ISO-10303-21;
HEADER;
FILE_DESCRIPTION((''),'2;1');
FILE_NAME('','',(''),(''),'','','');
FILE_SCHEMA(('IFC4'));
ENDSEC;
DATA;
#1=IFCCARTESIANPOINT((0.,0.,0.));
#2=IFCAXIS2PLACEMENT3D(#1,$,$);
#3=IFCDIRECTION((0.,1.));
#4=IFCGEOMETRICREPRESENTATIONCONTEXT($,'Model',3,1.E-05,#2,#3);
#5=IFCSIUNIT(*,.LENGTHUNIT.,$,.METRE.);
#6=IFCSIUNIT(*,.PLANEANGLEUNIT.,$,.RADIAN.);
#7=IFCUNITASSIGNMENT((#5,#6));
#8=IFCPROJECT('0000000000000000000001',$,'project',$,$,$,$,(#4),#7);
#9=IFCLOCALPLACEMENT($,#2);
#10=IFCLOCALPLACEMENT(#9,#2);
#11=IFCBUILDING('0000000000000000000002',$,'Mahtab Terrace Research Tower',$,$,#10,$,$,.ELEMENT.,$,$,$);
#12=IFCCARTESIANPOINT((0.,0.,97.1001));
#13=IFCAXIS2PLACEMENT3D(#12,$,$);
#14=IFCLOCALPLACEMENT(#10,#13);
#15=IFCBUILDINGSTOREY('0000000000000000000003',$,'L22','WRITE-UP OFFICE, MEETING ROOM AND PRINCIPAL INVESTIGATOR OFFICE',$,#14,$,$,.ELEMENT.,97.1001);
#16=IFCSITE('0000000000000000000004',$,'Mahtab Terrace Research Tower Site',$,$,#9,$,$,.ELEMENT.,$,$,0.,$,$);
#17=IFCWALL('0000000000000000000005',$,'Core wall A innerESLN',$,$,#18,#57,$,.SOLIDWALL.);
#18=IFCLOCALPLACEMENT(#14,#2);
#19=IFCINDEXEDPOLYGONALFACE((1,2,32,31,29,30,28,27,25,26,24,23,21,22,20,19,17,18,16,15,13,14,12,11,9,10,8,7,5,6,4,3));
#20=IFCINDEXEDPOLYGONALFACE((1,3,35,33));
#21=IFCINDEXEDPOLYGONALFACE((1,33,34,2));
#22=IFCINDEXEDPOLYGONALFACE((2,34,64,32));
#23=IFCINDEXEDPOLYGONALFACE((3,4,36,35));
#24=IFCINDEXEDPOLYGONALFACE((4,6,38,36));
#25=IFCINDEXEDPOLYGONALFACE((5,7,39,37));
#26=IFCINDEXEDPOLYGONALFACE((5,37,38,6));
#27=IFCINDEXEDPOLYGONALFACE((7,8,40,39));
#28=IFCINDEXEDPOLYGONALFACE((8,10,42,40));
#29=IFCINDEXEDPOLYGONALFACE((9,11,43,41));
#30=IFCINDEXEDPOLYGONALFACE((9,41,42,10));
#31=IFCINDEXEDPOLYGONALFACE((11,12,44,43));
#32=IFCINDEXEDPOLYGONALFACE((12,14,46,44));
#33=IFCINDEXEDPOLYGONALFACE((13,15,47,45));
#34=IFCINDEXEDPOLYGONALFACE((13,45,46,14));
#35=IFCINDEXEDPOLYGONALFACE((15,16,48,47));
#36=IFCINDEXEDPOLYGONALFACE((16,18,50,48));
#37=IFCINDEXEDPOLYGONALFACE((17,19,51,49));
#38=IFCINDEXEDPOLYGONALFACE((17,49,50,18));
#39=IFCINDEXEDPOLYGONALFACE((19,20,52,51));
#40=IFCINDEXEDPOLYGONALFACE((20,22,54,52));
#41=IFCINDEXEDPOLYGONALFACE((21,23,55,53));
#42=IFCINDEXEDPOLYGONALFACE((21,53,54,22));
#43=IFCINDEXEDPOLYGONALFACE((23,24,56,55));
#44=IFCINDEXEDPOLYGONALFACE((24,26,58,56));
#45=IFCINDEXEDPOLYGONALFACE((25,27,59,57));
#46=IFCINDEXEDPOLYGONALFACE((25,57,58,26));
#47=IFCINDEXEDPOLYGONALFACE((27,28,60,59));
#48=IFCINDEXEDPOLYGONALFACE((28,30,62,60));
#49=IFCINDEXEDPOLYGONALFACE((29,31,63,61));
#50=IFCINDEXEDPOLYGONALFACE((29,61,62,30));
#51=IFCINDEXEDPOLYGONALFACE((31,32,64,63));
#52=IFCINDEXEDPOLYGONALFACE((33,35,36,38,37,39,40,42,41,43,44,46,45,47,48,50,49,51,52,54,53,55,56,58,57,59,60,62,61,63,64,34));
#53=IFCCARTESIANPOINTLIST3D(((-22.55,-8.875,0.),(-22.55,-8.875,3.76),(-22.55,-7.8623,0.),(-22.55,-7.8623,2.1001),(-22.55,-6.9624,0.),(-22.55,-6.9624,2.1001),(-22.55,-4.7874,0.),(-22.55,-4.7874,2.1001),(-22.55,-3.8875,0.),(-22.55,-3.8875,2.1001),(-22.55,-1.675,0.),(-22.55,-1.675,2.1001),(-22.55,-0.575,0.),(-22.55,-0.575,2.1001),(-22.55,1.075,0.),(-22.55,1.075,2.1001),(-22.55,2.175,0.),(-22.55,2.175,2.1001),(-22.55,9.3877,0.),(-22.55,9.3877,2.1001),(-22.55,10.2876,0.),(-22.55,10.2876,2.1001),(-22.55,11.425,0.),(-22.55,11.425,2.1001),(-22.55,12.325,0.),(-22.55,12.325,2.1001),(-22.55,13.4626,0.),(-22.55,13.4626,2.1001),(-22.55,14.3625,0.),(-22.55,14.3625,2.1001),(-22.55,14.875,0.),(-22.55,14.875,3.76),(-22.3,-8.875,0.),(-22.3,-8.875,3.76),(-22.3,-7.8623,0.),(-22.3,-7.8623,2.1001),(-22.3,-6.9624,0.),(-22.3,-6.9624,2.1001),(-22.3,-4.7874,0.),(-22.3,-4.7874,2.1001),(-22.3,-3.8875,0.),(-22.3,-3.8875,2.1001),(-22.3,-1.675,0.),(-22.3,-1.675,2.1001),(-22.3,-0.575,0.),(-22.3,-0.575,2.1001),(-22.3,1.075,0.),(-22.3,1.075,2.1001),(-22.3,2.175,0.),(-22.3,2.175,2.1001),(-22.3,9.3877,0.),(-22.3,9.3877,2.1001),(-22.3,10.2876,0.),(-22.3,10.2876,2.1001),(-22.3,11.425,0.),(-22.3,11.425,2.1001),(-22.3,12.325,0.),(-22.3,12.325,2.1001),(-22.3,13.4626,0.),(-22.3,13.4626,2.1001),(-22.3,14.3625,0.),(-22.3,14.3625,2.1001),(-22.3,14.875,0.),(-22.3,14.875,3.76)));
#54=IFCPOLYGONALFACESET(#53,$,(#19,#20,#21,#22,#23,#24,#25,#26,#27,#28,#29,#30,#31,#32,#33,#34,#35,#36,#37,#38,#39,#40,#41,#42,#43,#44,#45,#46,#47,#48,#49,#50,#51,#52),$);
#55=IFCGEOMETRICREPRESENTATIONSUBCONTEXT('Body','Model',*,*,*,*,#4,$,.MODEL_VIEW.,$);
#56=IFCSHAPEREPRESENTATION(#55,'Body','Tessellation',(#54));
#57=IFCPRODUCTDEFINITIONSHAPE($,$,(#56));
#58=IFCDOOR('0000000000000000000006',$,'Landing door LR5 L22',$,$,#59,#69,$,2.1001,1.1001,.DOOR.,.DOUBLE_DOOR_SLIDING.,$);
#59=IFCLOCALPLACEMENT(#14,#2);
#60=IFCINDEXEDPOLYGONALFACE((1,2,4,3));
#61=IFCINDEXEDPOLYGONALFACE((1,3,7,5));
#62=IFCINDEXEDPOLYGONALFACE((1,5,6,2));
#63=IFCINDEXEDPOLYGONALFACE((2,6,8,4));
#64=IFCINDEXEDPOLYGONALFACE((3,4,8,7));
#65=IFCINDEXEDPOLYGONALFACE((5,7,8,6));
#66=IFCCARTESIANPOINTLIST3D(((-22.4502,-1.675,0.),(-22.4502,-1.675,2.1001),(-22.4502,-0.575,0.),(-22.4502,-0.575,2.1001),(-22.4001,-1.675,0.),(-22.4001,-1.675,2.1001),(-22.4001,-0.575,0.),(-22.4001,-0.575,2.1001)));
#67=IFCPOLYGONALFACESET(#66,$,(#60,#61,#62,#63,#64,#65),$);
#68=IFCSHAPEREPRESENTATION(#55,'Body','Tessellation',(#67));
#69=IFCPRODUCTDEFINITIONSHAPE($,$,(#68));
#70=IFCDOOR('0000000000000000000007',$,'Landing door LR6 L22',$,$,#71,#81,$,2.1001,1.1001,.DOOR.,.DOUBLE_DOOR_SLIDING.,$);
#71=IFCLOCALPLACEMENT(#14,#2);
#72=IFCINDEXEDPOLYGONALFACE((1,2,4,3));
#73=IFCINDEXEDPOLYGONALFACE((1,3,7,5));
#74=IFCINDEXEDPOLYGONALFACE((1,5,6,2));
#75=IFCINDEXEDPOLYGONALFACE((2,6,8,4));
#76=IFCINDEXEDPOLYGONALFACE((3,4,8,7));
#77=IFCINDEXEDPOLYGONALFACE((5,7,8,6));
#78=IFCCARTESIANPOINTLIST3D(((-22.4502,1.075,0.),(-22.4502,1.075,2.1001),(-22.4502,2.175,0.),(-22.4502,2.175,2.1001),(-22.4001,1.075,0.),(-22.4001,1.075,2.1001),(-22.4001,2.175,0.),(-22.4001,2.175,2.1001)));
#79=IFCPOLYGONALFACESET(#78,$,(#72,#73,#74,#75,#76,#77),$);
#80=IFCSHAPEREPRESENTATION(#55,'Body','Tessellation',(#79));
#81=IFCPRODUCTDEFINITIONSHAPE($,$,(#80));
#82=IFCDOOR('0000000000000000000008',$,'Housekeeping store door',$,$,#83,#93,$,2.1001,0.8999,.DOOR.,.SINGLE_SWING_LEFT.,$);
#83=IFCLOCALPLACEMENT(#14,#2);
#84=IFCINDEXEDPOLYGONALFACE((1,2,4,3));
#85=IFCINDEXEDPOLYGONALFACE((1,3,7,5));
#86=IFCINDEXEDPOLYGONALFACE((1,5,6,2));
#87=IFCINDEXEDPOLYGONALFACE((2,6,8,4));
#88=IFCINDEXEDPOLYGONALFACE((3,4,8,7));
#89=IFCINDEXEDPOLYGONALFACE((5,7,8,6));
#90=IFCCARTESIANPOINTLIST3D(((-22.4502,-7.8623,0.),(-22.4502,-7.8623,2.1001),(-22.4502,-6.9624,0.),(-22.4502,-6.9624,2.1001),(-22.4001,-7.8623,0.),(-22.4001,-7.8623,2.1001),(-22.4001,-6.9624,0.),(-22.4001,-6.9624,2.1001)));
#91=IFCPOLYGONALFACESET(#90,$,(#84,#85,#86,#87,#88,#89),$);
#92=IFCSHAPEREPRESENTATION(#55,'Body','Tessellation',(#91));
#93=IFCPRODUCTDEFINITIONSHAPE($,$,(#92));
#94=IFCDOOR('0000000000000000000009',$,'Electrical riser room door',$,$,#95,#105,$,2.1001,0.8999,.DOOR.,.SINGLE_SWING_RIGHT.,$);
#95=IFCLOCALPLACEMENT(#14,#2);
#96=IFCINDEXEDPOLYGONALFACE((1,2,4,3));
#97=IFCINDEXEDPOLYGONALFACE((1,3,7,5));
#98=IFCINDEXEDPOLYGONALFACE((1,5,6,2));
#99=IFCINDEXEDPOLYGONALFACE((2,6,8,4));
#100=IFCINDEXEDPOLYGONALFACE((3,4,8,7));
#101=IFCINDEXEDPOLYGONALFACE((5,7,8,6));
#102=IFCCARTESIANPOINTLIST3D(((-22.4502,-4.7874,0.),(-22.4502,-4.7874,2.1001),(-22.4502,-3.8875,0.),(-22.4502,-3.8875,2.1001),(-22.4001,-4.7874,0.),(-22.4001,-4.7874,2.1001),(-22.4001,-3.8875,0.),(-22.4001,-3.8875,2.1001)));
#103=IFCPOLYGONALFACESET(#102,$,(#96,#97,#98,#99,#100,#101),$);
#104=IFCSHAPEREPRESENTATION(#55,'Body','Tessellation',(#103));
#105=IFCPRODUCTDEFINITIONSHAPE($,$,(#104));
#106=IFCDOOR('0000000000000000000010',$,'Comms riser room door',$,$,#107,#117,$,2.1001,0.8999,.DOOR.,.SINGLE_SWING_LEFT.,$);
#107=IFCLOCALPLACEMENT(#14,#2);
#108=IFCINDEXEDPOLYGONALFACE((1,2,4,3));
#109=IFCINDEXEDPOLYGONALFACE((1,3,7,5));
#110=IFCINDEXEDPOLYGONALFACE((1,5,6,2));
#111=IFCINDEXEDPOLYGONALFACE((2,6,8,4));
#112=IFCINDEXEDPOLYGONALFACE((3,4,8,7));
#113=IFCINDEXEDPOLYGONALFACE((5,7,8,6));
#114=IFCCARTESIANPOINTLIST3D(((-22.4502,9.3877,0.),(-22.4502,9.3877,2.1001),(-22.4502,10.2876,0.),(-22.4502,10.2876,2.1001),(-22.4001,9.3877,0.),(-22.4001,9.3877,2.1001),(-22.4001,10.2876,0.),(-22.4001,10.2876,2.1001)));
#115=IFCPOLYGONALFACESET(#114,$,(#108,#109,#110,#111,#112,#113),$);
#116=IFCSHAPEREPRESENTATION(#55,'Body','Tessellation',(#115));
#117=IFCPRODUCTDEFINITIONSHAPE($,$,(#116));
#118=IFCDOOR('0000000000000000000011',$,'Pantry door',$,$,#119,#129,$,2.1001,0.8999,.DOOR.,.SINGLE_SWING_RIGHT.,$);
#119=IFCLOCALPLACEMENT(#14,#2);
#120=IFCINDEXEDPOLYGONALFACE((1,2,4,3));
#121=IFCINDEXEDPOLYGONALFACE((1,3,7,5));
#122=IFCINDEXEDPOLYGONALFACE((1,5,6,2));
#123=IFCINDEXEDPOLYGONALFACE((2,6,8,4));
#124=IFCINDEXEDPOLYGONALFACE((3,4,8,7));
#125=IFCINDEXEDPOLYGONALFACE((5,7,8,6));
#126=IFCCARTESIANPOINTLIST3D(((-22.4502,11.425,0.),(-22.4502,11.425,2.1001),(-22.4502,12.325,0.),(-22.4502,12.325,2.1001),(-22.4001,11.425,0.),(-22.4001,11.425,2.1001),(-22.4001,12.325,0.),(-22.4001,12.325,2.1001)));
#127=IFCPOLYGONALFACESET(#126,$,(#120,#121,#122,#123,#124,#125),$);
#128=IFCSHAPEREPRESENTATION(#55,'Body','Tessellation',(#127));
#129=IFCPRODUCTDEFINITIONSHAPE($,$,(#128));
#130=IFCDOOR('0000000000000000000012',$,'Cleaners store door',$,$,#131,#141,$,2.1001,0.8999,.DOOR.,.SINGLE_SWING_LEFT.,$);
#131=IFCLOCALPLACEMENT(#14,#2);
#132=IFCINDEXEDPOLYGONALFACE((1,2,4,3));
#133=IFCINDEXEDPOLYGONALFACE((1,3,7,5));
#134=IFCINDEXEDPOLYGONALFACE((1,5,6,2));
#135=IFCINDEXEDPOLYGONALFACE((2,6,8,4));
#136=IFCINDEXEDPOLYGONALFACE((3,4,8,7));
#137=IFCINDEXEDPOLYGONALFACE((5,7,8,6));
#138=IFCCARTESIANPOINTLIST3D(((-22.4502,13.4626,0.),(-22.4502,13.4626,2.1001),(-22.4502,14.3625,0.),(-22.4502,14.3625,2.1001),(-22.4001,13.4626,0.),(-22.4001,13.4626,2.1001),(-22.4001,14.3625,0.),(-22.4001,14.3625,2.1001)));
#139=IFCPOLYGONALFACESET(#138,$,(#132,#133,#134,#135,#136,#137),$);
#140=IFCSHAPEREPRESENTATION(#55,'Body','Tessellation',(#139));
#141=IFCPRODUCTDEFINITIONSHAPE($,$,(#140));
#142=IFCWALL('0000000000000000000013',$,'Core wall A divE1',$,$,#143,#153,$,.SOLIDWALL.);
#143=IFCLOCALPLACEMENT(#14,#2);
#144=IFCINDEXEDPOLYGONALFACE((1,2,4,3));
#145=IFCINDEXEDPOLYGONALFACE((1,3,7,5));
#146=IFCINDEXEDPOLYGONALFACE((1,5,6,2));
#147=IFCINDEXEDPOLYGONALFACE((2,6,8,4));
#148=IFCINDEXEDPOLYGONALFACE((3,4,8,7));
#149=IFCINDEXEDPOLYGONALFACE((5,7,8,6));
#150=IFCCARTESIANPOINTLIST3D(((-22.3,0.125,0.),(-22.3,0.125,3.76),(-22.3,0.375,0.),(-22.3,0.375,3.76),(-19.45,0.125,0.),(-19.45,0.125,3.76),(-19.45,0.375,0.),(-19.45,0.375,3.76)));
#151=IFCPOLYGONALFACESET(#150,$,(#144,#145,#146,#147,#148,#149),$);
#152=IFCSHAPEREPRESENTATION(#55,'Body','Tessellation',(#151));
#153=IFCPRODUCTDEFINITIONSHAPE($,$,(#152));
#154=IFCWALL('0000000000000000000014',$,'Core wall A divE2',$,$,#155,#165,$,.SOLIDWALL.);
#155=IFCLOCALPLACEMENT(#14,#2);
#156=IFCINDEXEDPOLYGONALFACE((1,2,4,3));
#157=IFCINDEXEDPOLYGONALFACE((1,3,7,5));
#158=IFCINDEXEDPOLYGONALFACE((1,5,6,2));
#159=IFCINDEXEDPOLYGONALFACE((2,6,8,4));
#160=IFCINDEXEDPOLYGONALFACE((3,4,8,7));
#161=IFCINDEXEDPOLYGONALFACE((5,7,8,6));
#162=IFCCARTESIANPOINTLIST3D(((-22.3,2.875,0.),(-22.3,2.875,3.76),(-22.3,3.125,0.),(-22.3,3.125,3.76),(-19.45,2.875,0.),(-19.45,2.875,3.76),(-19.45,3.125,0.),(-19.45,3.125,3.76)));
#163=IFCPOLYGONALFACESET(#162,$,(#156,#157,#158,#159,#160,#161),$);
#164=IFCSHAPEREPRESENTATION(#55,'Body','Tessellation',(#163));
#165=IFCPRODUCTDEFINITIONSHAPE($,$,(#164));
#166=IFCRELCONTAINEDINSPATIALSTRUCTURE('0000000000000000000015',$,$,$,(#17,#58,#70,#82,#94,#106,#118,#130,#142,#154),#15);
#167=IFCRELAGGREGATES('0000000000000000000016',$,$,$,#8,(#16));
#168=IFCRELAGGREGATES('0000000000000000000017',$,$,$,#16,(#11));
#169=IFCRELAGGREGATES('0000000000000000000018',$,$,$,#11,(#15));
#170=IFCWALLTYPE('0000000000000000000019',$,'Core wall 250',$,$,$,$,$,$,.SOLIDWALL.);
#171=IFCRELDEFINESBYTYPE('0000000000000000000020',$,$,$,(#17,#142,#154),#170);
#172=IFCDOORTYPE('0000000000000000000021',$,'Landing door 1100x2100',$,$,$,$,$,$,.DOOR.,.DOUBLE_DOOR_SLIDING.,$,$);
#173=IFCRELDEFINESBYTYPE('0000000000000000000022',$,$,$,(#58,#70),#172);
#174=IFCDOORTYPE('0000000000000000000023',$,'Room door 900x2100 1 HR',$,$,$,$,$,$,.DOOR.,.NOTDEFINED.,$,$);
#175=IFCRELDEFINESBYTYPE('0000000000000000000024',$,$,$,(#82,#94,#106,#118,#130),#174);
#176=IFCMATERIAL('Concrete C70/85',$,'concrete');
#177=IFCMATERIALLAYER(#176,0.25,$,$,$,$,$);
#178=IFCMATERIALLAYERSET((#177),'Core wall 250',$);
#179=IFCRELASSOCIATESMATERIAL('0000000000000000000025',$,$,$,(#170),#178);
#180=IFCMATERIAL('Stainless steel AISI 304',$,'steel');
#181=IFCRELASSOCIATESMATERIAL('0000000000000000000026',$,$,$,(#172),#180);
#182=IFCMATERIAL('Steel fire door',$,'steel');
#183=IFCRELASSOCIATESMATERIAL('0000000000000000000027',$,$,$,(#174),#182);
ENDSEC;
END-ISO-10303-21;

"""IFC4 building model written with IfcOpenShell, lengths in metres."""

from ifc_helpers import new_model, si_unit, direction, frame, frame_2d, origin, place, context, subcontext, project, spatial, rectangle, extrude, material, layer, layer_set, type_object, element, fill, save


model = new_model("IFC4")

# Units and contexts
model_context = context("Model", 3, precision=1e-05, world=origin(), true_north=direction((0.0, 1.0)))
body_context = subcontext(model_context, "Body", "Model", "MODEL_VIEW")
ifc_project = project(units=[si_unit("LENGTHUNIT", "METRE"), si_unit("PLANEANGLEUNIT", "RADIAN")], contexts=[model_context])

# Site, building, storey
site_placement = place(None, origin())
site = spatial("IfcSite", under=ifc_project, at=site_placement, Name="Mahtab Terrace Research Tower Site", CompositionType="ELEMENT", RefElevation=0.0)
building_placement = place(site_placement, origin())
building = spatial("IfcBuilding", under=site, at=building_placement, Name="Mahtab Terrace Research Tower", CompositionType="ELEMENT")
storey_placement = place(building_placement, frame((0.0, 0.0, 97.1001)))
storey = spatial("IfcBuildingStorey", under=building, at=storey_placement, Name="L22", Description="WRITE-UP OFFICE, MEETING ROOM AND PRINCIPAL INVESTIGATOR OFFICE", CompositionType="ELEMENT", Elevation=97.1001)

# Shared definitions
ifc_material_1 = material(Name="Concrete C70/85", Category="concrete")

# Shared definitions
ifc_layer_1 = layer(ifc_material_1, 0.25)
ifc_layer_set_1 = layer_set([ifc_layer_1], Name="Core wall 250")
wall_type_1 = type_object("IfcWallType", Name="Core wall 250", PredefinedType="SOLIDWALL", material=ifc_layer_set_1)
ifc_material_2 = material(Name="Steel fire door", Category="steel")

# Wall, openings, doors
wall_1_placement = place(storey_placement, frame((-22.425, 14.875, 0.0), z_axis=(0.0, 0.0, 1.0), x_axis=(0.0, -1.0, 0.0)))
wall_1 = element("IfcWall", 1, at=wall_1_placement, inside=storey, type_object=wall_type_1, Name="Core wall A innerESLN", PredefinedType="SOLIDWALL", context=body_context, shape_type="SweptSolid", body=[
    extrude(rectangle(XDim=23.75, YDim=0.25, at=frame_2d((11.875, 0.0))), origin(), (0.0, 0.0, 1.0), 3.76),
])
opening_1_placement = place(wall_1_placement, frame((15.45, 0.0, 0.0)))
opening_1 = element("IfcOpeningElement", 2, at=opening_1_placement, cuts=wall_1, PredefinedType="OPENING", context=body_context, shape_type="SweptSolid", body=[
    extrude(rectangle(XDim=1.1001, YDim=2.1001, at=frame_2d((0.55, 1.05))), frame((0.0, 0.135, 0.0), z_axis=(0.0, -1.0, 0.0), x_axis=(1.0, 0.0, 0.0)), (0.0, 0.0, 1.0), 0.27),
])
opening_2_placement = place(wall_1_placement, frame((12.7, 0.0, 0.0)))
opening_2 = element("IfcOpeningElement", 3, at=opening_2_placement, cuts=wall_1, PredefinedType="OPENING", context=body_context, shape_type="SweptSolid", body=[
    extrude(rectangle(XDim=1.1001, YDim=2.1001, at=frame_2d((0.55, 1.05))), frame((0.0, 0.135, 0.0), z_axis=(0.0, -1.0, 0.0), x_axis=(1.0, 0.0, 0.0)), (0.0, 0.0, 1.0), 0.27),
])
opening_3_placement = place(wall_1_placement, frame((21.8374, 0.0, 0.0)))
opening_3 = element("IfcOpeningElement", 4, at=opening_3_placement, cuts=wall_1, PredefinedType="OPENING", context=body_context, shape_type="SweptSolid", body=[
    extrude(rectangle(XDim=0.8999, YDim=2.1001, at=frame_2d((0.45, 1.05))), frame((0.0, 0.135, 0.0), z_axis=(0.0, -1.0, 0.0), x_axis=(1.0, 0.0, 0.0)), (0.0, 0.0, 1.0), 0.27),
])
opening_4_placement = place(wall_1_placement, frame((18.7625, 0.0, 0.0)))
opening_4 = element("IfcOpeningElement", 5, at=opening_4_placement, cuts=wall_1, PredefinedType="OPENING", context=body_context, shape_type="SweptSolid", body=[
    extrude(rectangle(XDim=0.8999, YDim=2.1001, at=frame_2d((0.45, 1.05))), frame((0.0, 0.135, 0.0), z_axis=(0.0, -1.0, 0.0), x_axis=(1.0, 0.0, 0.0)), (0.0, 0.0, 1.0), 0.27),
])
opening_5_placement = place(wall_1_placement, frame((4.5874, 0.0, 0.0)))
opening_5 = element("IfcOpeningElement", 6, at=opening_5_placement, cuts=wall_1, PredefinedType="OPENING", context=body_context, shape_type="SweptSolid", body=[
    extrude(rectangle(XDim=0.8999, YDim=2.1001, at=frame_2d((0.45, 1.05))), frame((0.0, 0.135, 0.0), z_axis=(0.0, -1.0, 0.0), x_axis=(1.0, 0.0, 0.0)), (0.0, 0.0, 1.0), 0.27),
])
opening_6_placement = place(wall_1_placement, frame((2.55, 0.0, 0.0)))
opening_6 = element("IfcOpeningElement", 7, at=opening_6_placement, cuts=wall_1, PredefinedType="OPENING", context=body_context, shape_type="SweptSolid", body=[
    extrude(rectangle(XDim=0.8999, YDim=2.1001, at=frame_2d((0.45, 1.05))), frame((0.0, 0.135, 0.0), z_axis=(0.0, -1.0, 0.0), x_axis=(1.0, 0.0, 0.0)), (0.0, 0.0, 1.0), 0.27),
])
opening_7_placement = place(wall_1_placement, frame((0.5125, 0.0, 0.0)))
opening_7 = element("IfcOpeningElement", 8, at=opening_7_placement, cuts=wall_1, PredefinedType="OPENING", context=body_context, shape_type="SweptSolid", body=[
    extrude(rectangle(XDim=0.8999, YDim=2.1001, at=frame_2d((0.45, 1.05))), frame((0.0, 0.135, 0.0), z_axis=(0.0, -1.0, 0.0), x_axis=(1.0, 0.0, 0.0)), (0.0, 0.0, 1.0), 0.27),
])
ifc_material_3 = material(Name="Stainless steel AISI 304", Category="steel")
door_type_1 = type_object("IfcDoorType", Name="Landing door 1100x2100", OperationType="DOUBLE_DOOR_SLIDING", PredefinedType="DOOR", material=ifc_material_3)
door_1_placement = place(opening_1_placement, origin())
door_1 = element("IfcDoor", 9, at=door_1_placement, inside=storey, type_object=door_type_1, Name="Landing door LR5 L22", OperationType="DOUBLE_DOOR_SLIDING", OverallHeight=2.1001, OverallWidth=1.1001, PredefinedType="DOOR", context=body_context, shape_type="SweptSolid", body=[
    extrude(rectangle(XDim=1.1001, YDim=2.1001, at=frame_2d((0.55, 1.05))), frame((0.0, 0.0249, 0.0), z_axis=(0.0, -1.0, 0.0), x_axis=(1.0, 0.0, 0.0)), (0.0, 0.0, 1.0), 0.05),
])
fill(opening_1, door_1)
door_2_placement = place(opening_2_placement, origin())
door_2 = element("IfcDoor", 10, at=door_2_placement, inside=storey, type_object=door_type_1, Name="Landing door LR6 L22", OperationType="DOUBLE_DOOR_SLIDING", OverallHeight=2.1001, OverallWidth=1.1001, PredefinedType="DOOR", context=body_context, shape_type="SweptSolid", body=[
    extrude(rectangle(XDim=1.1001, YDim=2.1001, at=frame_2d((0.55, 1.05))), frame((0.0, 0.0249, 0.0), z_axis=(0.0, -1.0, 0.0), x_axis=(1.0, 0.0, 0.0)), (0.0, 0.0, 1.0), 0.05),
])
fill(opening_2, door_2)
door_type_2 = type_object("IfcDoorType", Name="Room door 900x2100 1 HR", OperationType="NOTDEFINED", PredefinedType="DOOR", material=ifc_material_2)
door_3_placement = place(opening_3_placement, origin())
door_3 = element("IfcDoor", 11, at=door_3_placement, inside=storey, type_object=door_type_2, Name="Housekeeping store door", OperationType="SINGLE_SWING_LEFT", OverallHeight=2.1001, OverallWidth=0.8999, PredefinedType="DOOR", context=body_context, shape_type="SweptSolid", body=[
    extrude(rectangle(XDim=0.8999, YDim=2.1001, at=frame_2d((0.45, 1.05))), frame((0.0, 0.0249, 0.0), z_axis=(0.0, -1.0, 0.0), x_axis=(1.0, 0.0, 0.0)), (0.0, 0.0, 1.0), 0.05),
])
fill(opening_3, door_3)
door_4_placement = place(opening_4_placement, origin())
door_4 = element("IfcDoor", 12, at=door_4_placement, inside=storey, type_object=door_type_2, Name="Electrical riser room door", OperationType="SINGLE_SWING_RIGHT", OverallHeight=2.1001, OverallWidth=0.8999, PredefinedType="DOOR", context=body_context, shape_type="SweptSolid", body=[
    extrude(rectangle(XDim=0.8999, YDim=2.1001, at=frame_2d((0.45, 1.05))), frame((0.0, 0.0249, 0.0), z_axis=(0.0, -1.0, 0.0), x_axis=(1.0, 0.0, 0.0)), (0.0, 0.0, 1.0), 0.05),
])
fill(opening_4, door_4)
door_5_placement = place(opening_5_placement, origin())
door_5 = element("IfcDoor", 13, at=door_5_placement, inside=storey, type_object=door_type_2, Name="Comms riser room door", OperationType="SINGLE_SWING_LEFT", OverallHeight=2.1001, OverallWidth=0.8999, PredefinedType="DOOR", context=body_context, shape_type="SweptSolid", body=[
    extrude(rectangle(XDim=0.8999, YDim=2.1001, at=frame_2d((0.45, 1.05))), frame((0.0, 0.0249, 0.0), z_axis=(0.0, -1.0, 0.0), x_axis=(1.0, 0.0, 0.0)), (0.0, 0.0, 1.0), 0.05),
])
fill(opening_5, door_5)
door_6_placement = place(opening_6_placement, origin())
door_6 = element("IfcDoor", 14, at=door_6_placement, inside=storey, type_object=door_type_2, Name="Pantry door", OperationType="SINGLE_SWING_RIGHT", OverallHeight=2.1001, OverallWidth=0.8999, PredefinedType="DOOR", context=body_context, shape_type="SweptSolid", body=[
    extrude(rectangle(XDim=0.8999, YDim=2.1001, at=frame_2d((0.45, 1.05))), frame((0.0, 0.0249, 0.0), z_axis=(0.0, -1.0, 0.0), x_axis=(1.0, 0.0, 0.0)), (0.0, 0.0, 1.0), 0.05),
])
fill(opening_6, door_6)
door_7_placement = place(opening_7_placement, origin())
door_7 = element("IfcDoor", 15, at=door_7_placement, inside=storey, type_object=door_type_2, Name="Cleaners store door", OperationType="SINGLE_SWING_LEFT", OverallHeight=2.1001, OverallWidth=0.8999, PredefinedType="DOOR", context=body_context, shape_type="SweptSolid", body=[
    extrude(rectangle(XDim=0.8999, YDim=2.1001, at=frame_2d((0.45, 1.05))), frame((0.0, 0.0249, 0.0), z_axis=(0.0, -1.0, 0.0), x_axis=(1.0, 0.0, 0.0)), (0.0, 0.0, 1.0), 0.05),
])
fill(opening_7, door_7)

# Walls
for number, where, z_axis, x_axis, name in (
    (16, (-22.3, 0.25, 0.0), (0.0, 0.0, 1.0), (1.0, 0.0, 0.0), "Core wall A divE1"),
    (17, (-22.3, 3.0, 0.0), (0.0, 0.0, 1.0), (1.0, 0.0, 0.0), "Core wall A divE2"),
):
    element("IfcWall", number, at=place(storey_placement, frame(where, z_axis=z_axis, x_axis=x_axis)), inside=storey, type_object=wall_type_1, Name=name, PredefinedType="SOLIDWALL", context=body_context, shape_type="SweptSolid", body=[
        extrude(rectangle(XDim=2.8501, YDim=0.25, at=frame_2d((1.425, 0.0))), origin(), (0.0, 0.0, 1.0), 3.76),
    ])

save(model, "model.ifc")
